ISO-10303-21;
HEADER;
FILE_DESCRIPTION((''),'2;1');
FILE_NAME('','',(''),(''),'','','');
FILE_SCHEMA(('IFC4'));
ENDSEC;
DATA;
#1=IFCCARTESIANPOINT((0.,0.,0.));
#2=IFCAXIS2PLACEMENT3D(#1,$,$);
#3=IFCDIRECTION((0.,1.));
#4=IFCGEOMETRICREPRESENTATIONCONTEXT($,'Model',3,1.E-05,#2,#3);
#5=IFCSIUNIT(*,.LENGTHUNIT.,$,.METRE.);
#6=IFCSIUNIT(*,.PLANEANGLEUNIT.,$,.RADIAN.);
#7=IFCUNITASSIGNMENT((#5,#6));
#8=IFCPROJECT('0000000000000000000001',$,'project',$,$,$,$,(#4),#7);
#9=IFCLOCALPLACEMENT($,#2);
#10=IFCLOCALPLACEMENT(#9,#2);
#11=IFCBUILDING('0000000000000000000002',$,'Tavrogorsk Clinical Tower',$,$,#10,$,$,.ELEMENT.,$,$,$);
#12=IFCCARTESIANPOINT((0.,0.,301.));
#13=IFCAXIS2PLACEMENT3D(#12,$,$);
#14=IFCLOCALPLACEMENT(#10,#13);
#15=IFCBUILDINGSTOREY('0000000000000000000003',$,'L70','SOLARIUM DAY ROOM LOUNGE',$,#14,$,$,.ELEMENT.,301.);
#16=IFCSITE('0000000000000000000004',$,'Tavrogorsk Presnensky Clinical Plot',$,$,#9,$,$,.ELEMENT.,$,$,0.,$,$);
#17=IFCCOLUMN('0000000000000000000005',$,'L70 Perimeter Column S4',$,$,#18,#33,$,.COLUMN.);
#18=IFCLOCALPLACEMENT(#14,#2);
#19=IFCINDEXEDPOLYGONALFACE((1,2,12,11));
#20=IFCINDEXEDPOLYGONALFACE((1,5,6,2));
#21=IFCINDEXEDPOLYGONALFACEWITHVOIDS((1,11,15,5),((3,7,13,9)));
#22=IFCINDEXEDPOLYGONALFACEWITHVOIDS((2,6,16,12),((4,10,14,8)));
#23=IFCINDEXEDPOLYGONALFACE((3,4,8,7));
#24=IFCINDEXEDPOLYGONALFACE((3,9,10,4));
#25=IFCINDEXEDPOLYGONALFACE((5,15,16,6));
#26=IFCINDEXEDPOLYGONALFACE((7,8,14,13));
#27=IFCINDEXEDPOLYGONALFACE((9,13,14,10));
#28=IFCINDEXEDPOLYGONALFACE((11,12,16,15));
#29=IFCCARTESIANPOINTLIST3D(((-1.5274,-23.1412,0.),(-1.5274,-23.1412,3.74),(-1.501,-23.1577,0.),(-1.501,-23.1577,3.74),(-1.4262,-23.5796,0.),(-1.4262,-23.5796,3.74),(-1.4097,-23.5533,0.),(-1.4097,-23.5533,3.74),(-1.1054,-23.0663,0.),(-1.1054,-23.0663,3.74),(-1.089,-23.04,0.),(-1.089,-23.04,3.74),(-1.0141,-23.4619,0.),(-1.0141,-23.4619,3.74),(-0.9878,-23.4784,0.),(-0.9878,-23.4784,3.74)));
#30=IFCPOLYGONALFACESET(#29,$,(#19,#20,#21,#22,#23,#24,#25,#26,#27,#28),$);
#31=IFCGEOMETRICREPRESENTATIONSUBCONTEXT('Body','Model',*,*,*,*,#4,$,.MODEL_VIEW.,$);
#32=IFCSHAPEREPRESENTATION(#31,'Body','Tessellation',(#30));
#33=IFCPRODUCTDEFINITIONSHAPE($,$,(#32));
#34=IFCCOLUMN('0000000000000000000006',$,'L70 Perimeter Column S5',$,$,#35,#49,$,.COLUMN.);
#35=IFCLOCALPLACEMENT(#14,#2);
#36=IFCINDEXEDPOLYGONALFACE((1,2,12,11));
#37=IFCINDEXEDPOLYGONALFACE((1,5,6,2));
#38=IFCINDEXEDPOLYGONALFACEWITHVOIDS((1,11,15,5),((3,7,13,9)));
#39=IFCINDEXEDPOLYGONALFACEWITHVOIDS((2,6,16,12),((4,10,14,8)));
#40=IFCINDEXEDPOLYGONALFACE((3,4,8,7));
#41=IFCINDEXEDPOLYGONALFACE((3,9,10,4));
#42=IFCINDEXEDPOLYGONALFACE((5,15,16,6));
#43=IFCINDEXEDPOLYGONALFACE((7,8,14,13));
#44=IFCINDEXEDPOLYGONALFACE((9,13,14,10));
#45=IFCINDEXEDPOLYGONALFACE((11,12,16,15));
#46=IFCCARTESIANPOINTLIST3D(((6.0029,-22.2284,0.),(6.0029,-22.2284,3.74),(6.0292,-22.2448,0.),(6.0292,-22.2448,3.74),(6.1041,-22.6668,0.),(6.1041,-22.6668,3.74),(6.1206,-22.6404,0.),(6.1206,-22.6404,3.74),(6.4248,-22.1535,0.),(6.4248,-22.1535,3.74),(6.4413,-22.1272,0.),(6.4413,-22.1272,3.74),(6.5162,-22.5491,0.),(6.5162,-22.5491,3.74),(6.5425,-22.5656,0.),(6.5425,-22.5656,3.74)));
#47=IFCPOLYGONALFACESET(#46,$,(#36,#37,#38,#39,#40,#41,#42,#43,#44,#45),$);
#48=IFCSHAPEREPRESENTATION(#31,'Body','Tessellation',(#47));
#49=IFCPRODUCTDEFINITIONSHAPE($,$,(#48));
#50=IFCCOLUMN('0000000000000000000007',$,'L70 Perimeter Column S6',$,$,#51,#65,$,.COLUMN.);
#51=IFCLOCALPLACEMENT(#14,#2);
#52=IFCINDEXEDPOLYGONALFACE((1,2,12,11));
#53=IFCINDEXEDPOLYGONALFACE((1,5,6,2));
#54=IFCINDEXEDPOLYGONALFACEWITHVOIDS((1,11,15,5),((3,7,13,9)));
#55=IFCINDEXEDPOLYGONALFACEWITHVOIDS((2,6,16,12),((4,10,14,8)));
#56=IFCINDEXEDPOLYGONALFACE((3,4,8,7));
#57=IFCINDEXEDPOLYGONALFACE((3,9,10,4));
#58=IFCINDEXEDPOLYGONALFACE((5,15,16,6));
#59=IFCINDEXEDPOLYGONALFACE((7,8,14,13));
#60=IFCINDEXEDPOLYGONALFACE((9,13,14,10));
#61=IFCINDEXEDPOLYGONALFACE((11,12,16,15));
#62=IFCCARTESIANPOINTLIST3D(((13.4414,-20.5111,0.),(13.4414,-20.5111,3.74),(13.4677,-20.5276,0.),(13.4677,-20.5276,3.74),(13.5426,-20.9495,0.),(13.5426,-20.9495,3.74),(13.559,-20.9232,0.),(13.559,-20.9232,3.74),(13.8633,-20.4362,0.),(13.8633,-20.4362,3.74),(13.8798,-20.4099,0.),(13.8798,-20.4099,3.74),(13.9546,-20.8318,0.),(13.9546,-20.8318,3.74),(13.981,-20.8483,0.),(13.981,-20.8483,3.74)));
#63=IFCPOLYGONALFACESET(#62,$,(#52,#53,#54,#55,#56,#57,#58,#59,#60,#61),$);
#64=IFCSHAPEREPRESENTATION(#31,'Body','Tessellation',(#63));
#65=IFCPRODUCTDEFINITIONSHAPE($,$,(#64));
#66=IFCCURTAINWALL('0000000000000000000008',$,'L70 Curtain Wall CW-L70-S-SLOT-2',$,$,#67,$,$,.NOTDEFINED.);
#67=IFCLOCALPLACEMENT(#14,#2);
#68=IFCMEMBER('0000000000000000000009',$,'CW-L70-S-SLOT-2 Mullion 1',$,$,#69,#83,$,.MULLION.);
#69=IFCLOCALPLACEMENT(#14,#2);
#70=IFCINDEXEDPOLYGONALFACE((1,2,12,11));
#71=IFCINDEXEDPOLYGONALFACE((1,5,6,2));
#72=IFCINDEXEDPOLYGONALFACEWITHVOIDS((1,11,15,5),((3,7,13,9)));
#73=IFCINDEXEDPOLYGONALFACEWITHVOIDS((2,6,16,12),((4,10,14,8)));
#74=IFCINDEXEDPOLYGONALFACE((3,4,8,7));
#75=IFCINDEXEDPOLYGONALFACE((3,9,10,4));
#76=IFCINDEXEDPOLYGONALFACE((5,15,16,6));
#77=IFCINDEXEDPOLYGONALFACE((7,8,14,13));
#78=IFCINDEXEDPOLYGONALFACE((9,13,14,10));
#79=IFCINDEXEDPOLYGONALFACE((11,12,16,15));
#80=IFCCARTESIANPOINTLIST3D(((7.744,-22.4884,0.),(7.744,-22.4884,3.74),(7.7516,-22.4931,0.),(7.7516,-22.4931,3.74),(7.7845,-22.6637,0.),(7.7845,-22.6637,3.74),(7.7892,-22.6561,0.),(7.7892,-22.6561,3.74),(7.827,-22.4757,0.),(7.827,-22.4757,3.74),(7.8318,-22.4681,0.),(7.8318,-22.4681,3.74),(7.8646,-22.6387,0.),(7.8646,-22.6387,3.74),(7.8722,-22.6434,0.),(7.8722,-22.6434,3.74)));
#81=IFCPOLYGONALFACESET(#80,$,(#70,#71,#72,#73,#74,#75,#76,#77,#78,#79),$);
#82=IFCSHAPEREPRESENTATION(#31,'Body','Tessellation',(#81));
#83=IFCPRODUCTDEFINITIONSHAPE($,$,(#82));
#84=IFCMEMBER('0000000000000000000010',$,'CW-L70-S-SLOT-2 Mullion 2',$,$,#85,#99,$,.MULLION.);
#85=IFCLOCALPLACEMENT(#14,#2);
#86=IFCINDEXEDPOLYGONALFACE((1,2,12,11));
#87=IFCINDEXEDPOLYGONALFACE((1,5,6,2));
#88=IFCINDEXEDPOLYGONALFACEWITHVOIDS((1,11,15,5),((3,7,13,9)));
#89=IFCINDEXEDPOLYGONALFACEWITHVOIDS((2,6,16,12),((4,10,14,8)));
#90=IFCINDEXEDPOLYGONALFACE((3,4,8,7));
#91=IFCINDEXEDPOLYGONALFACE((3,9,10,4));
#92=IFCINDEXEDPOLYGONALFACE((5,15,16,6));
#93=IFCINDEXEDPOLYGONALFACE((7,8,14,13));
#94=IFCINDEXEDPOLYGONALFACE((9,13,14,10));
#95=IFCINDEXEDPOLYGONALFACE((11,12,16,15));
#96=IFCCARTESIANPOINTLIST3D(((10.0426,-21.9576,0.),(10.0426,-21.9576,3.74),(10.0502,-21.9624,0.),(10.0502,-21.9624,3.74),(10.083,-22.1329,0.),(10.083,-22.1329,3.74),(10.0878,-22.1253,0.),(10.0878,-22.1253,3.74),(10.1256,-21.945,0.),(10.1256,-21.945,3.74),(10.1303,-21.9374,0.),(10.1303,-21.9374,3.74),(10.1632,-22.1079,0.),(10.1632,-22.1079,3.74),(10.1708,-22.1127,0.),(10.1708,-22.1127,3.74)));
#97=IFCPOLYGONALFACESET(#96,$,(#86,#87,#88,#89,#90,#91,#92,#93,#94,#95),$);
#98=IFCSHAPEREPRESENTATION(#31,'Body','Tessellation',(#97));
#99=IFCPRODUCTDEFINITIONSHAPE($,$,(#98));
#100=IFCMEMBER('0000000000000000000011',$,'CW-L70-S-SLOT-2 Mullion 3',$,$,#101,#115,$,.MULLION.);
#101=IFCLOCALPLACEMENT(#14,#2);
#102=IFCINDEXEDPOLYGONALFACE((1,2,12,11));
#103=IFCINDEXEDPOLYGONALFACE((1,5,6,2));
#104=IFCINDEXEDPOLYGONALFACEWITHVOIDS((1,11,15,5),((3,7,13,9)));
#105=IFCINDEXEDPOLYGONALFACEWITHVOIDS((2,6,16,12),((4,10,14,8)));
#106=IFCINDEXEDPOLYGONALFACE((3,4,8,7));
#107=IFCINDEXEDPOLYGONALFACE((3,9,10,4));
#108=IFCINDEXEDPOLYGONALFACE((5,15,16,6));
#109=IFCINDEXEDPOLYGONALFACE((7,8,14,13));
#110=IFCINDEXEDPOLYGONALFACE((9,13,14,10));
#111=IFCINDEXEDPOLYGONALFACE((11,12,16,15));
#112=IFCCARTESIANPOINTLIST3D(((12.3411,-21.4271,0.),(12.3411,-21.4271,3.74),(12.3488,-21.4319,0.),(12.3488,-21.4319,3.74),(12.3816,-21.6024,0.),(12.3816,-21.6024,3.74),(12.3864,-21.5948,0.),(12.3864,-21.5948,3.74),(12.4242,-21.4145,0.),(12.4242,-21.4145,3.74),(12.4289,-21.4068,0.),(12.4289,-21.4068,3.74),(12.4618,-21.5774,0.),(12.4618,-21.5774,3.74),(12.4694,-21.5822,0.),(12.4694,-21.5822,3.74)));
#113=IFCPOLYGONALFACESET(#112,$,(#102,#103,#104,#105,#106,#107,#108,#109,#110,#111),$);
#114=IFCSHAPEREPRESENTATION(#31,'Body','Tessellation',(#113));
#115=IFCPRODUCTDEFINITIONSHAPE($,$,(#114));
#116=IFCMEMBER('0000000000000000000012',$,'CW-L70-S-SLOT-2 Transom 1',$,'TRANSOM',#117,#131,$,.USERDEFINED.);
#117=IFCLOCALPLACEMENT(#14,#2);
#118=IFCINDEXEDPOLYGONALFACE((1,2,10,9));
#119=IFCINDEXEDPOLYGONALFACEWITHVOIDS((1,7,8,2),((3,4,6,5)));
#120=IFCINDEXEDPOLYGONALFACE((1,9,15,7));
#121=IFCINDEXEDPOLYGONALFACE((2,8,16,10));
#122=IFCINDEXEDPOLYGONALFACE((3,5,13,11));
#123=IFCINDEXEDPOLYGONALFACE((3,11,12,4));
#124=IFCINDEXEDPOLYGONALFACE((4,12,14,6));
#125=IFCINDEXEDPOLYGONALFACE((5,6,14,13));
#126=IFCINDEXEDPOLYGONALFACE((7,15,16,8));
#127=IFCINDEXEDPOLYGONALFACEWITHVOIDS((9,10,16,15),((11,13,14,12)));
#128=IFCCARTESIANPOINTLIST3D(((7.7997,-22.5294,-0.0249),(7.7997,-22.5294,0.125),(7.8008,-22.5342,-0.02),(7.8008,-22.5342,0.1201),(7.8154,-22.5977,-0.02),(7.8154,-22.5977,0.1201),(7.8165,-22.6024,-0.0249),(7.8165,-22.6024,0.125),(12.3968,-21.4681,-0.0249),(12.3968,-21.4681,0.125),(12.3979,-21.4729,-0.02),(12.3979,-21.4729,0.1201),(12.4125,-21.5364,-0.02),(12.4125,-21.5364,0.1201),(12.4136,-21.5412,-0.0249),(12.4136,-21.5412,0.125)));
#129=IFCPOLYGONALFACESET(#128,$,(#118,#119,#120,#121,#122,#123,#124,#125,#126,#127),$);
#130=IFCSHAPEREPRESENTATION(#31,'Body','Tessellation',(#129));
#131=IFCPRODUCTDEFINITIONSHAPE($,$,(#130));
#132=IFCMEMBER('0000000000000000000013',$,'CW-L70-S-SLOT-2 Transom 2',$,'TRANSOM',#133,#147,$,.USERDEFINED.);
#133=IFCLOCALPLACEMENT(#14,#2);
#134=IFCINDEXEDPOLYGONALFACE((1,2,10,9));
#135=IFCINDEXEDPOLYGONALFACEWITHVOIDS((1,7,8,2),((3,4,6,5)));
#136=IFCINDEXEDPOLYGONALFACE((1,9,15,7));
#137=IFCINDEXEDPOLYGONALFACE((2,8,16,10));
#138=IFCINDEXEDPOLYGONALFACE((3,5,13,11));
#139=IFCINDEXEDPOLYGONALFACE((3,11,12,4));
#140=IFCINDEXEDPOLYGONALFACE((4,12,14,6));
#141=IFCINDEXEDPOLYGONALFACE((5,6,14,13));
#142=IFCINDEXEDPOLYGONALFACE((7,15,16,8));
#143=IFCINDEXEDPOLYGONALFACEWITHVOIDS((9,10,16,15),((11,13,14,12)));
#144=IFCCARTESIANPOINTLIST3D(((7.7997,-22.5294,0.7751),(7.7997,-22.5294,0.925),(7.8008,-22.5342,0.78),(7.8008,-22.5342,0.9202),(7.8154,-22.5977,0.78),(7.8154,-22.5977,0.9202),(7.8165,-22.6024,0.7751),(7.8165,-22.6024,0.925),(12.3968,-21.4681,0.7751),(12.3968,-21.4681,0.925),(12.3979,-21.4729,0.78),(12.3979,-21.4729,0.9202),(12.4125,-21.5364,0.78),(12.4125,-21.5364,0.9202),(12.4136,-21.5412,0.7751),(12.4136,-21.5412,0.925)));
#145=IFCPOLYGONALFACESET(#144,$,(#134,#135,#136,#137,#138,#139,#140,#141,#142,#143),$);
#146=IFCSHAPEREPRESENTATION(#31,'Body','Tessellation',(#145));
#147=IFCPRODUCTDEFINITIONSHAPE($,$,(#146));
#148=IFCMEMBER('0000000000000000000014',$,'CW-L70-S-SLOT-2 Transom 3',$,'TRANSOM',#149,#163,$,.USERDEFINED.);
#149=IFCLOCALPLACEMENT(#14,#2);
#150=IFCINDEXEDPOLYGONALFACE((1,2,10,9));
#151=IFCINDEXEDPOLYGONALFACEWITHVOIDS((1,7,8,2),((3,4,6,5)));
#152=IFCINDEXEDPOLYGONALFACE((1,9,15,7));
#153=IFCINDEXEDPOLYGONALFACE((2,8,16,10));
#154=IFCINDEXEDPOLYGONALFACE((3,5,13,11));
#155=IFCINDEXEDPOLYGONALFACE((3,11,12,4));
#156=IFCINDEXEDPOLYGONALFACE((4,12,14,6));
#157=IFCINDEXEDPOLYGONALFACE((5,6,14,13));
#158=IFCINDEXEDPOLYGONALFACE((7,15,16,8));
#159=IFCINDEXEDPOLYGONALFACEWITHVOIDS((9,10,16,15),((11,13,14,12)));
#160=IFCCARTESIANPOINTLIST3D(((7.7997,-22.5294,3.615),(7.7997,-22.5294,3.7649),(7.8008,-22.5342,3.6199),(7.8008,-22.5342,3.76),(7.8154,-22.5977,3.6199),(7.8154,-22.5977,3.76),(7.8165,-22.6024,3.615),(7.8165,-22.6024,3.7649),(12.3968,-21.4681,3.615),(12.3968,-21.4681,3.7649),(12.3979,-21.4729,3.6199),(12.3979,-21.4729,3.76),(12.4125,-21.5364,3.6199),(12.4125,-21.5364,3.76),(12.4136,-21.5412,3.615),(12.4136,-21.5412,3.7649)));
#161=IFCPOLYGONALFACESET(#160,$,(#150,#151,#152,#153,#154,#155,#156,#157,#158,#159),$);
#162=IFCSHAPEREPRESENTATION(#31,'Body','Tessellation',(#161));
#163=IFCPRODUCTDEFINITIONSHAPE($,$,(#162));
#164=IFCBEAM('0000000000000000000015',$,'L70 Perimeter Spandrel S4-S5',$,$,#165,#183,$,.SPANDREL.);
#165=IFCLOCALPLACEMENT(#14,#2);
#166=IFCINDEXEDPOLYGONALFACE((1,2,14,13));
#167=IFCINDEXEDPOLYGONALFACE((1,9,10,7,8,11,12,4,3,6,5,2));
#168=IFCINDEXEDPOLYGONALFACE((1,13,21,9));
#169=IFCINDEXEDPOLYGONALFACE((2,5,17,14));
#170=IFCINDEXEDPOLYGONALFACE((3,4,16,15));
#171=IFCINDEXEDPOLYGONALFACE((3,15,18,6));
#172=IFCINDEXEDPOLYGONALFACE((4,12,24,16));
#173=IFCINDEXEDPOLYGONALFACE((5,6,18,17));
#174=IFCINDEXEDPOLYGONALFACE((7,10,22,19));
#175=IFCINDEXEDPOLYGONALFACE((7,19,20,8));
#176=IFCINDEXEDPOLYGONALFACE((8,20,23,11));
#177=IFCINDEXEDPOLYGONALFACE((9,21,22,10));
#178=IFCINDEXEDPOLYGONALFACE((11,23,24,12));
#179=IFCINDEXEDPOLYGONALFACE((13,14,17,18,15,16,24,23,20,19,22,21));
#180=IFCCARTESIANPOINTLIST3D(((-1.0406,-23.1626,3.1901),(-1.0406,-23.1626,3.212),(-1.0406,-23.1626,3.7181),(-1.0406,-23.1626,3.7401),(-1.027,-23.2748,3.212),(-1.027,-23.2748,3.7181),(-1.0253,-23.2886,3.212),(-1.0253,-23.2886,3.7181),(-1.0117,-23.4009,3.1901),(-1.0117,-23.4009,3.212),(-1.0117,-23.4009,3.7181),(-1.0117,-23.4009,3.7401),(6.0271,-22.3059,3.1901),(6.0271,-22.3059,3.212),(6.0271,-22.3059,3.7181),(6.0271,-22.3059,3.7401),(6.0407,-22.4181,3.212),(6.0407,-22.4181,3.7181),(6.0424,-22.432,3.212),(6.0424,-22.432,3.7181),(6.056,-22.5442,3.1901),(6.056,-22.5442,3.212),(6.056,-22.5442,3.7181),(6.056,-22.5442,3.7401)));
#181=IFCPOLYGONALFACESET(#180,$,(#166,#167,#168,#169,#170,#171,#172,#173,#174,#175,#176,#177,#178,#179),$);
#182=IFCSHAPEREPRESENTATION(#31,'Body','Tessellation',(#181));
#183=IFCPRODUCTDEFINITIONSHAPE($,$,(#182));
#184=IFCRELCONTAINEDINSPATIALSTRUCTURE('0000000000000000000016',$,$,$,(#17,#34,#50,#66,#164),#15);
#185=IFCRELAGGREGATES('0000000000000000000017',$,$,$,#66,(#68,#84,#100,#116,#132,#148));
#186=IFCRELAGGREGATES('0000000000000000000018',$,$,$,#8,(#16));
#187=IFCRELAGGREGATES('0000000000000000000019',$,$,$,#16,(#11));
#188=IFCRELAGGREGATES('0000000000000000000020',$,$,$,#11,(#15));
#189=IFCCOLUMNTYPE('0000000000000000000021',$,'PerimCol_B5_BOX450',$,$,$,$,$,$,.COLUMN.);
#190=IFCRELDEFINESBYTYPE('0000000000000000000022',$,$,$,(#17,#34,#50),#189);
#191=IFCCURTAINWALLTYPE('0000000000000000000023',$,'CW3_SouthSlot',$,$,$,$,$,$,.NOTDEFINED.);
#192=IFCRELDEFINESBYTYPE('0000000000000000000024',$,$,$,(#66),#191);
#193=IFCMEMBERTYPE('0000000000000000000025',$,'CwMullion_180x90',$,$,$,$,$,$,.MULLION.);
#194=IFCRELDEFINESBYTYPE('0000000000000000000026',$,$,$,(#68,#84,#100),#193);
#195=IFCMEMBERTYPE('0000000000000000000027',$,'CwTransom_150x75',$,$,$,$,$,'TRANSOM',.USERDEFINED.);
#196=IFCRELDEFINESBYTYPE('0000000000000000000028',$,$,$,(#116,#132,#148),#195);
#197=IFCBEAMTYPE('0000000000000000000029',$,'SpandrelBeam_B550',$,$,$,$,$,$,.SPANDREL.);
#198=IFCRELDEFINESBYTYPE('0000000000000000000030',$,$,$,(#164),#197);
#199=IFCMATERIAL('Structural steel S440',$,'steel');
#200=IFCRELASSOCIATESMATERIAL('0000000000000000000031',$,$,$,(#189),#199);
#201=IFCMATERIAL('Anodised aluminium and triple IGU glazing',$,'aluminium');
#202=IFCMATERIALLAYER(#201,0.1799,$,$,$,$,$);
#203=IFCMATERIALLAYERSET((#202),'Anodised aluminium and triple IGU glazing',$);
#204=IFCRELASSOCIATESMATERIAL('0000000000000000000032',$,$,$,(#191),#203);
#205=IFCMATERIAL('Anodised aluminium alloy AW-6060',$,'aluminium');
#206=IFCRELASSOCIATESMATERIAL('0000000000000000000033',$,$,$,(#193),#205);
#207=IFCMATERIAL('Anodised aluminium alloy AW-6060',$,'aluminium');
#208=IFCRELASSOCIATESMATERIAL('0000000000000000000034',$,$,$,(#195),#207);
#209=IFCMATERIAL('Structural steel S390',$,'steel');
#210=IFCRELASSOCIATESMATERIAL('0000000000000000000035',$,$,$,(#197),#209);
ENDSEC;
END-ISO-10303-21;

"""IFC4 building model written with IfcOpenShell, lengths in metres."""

from ifc_helpers import new_model, si_unit, direction, frame, origin, origin_2d, place, context, subcontext, project, spatial, hollow_rectangle, i_section, extrude, material, layer, layer_set, material_profile, profile_set, type_object, element, aggregate, save


model = new_model("IFC4")

# Units and contexts
model_context = context("Model", 3, precision=1e-05, world=origin(), true_north=direction((0.0, 1.0)))
body_context = subcontext(model_context, "Body", "Model", "MODEL_VIEW")
ifc_project = project(units=[si_unit("LENGTHUNIT", "METRE"), si_unit("PLANEANGLEUNIT", "RADIAN")], contexts=[model_context])

# Site, building, storey
site_placement = place(None, origin())
site = spatial("IfcSite", under=ifc_project, at=site_placement, Name="Tavrogorsk Presnensky Clinical Plot", CompositionType="ELEMENT", RefElevation=0.0)
building_placement = place(site_placement, origin())
building = spatial("IfcBuilding", under=site, at=building_placement, Name="Tavrogorsk Clinical Tower", CompositionType="ELEMENT")
storey_placement = place(building_placement, frame((0.0, 0.0, 301.0)))
storey = spatial("IfcBuildingStorey", under=building, at=storey_placement, Name="L70", Description="SOLARIUM DAY ROOM LOUNGE", CompositionType="ELEMENT", Elevation=301.0)

# Columns
ifc_material_1 = material(Name="Structural steel S440", Category="steel")
ifc_material_profile_1 = material_profile(ifc_material_1, hollow_rectangle(XDim=0.45, YDim=0.45, WallThickness=0.022, at=origin_2d()), Name="BOX-450x450x22")
ifc_profile_set_1 = profile_set([ifc_material_profile_1], Name="Structural steel S440")
column_type = type_object("IfcColumnType", Name="PerimCol_B5_BOX450", PredefinedType="COLUMN", material=ifc_profile_set_1)
for number, where, z_axis, x_axis, name in (
    (1, (-1.2576, -23.3098, 0.0), (0.0, 0.0, 1.0), (0.97437, 0.224951, 0.0), "L70 Perimeter Column S4"),
    (2, (6.2727, -22.397, 0.0), (0.0, 0.0, 1.0), (0.97437, 0.224951, 0.0), "L70 Perimeter Column S5"),
    (3, (13.7112, -20.6797, 0.0), (0.0, 0.0, 1.0), (0.97437, 0.224951, 0.0), "L70 Perimeter Column S6"),
):
    element("IfcColumn", number, at=place(storey_placement, frame(where, z_axis=z_axis, x_axis=x_axis)), inside=storey, type_object=column_type, Name=name, PredefinedType="COLUMN", context=body_context, shape_type="SweptSolid", body=[
        extrude(hollow_rectangle(XDim=0.45, YDim=0.45, WallThickness=0.022, at=origin_2d()), origin(), (0.0, 0.0, 1.0), 3.74),
    ])

# Curtain wall, members
ifc_material_2 = material(Name="Anodised aluminium and triple IGU glazing", Category="aluminium")
ifc_layer_1 = layer(ifc_material_2, 0.1799)
ifc_layer_set_1 = layer_set([ifc_layer_1], Name="Anodised aluminium and triple IGU glazing")
curtain_wall_type = type_object("IfcCurtainWallType", Name="CW3_SouthSlot", PredefinedType="NOTDEFINED", material=ifc_layer_set_1)
curtain_wall_placement = place(storey_placement, origin())
curtain_wall = element("IfcCurtainWall", 4, at=curtain_wall_placement, inside=storey, type_object=curtain_wall_type, Name="L70 Curtain Wall CW-L70-S-SLOT-2", PredefinedType="NOTDEFINED")
ifc_material_3 = material(Name="Anodised aluminium alloy AW-6060", Category="aluminium")
ifc_material_profile_2 = material_profile(ifc_material_3, hollow_rectangle(XDim=0.0901, YDim=0.1799, WallThickness=0.0063, at=origin_2d()), Name="RHS-180x90x6.3")
ifc_profile_set_2 = profile_set([ifc_material_profile_2], Name="Anodised aluminium alloy AW-6060")
member_type_1 = type_object("IfcMemberType", Name="CwMullion_180x90", PredefinedType="MULLION", material=ifc_profile_set_2)
member_1_placement = place(storey_placement, frame((7.8081, -22.5659, 0.0), z_axis=(0.0, 0.0, 1.0), x_axis=(0.97437, 0.224951, 0.0)))
member_1 = element("IfcMember", 5, at=member_1_placement, type_object=member_type_1, Name="CW-L70-S-SLOT-2 Mullion 1", PredefinedType="MULLION", context=body_context, shape_type="SweptSolid", body=[
    extrude(hollow_rectangle(XDim=0.0901, YDim=0.1799, WallThickness=0.0063, at=origin_2d()), origin(), (0.0, 0.0, 1.0), 3.74),
])
member_2_placement = place(storey_placement, frame((10.1067, -22.0352, 0.0), z_axis=(0.0, 0.0, 1.0), x_axis=(0.97437, 0.224951, 0.0)))
member_2 = element("IfcMember", 6, at=member_2_placement, type_object=member_type_1, Name="CW-L70-S-SLOT-2 Mullion 2", PredefinedType="MULLION", context=body_context, shape_type="SweptSolid", body=[
    extrude(hollow_rectangle(XDim=0.0901, YDim=0.1799, WallThickness=0.0063, at=origin_2d()), origin(), (0.0, 0.0, 1.0), 3.74),
])
member_3_placement = place(storey_placement, frame((12.4053, -21.5046, 0.0), z_axis=(0.0, 0.0, 1.0), x_axis=(0.97437, 0.224951, 0.0)))
member_3 = element("IfcMember", 7, at=member_3_placement, type_object=member_type_1, Name="CW-L70-S-SLOT-2 Mullion 3", PredefinedType="MULLION", context=body_context, shape_type="SweptSolid", body=[
    extrude(hollow_rectangle(XDim=0.0901, YDim=0.1799, WallThickness=0.0063, at=origin_2d()), origin(), (0.0, 0.0, 1.0), 3.74),
])
ifc_material_4 = material(Name="Anodised aluminium alloy AW-6060", Category="aluminium")
ifc_material_profile_3 = material_profile(ifc_material_4, hollow_rectangle(XDim=0.075, YDim=0.1499, WallThickness=0.0049, at=origin_2d()), Name="RHS-150x75x5")
ifc_profile_set_3 = profile_set([ifc_material_profile_3], Name="Anodised aluminium alloy AW-6060")
member_type_2 = type_object("IfcMemberType", Name="CwTransom_150x75", ElementType="TRANSOM", PredefinedType="USERDEFINED", material=ifc_profile_set_3)
member_4_placement = place(storey_placement, frame((7.8081, -22.5659, 0.05), z_axis=(0.974373, 0.224939, 0.0), x_axis=(-0.224939, 0.974373, 0.0)))
member_4 = element("IfcMember", 8, at=member_4_placement, type_object=member_type_2, Name="CW-L70-S-SLOT-2 Transom 1", ObjectType="TRANSOM", PredefinedType="USERDEFINED", context=body_context, shape_type="SweptSolid", body=[
    extrude(hollow_rectangle(XDim=0.075, YDim=0.1499, WallThickness=0.0049, at=origin_2d()), origin(), (0.0, 0.0, 1.0), 4.718),
])
member_5_placement = place(storey_placement, frame((7.8081, -22.5659, 0.8501), z_axis=(0.974373, 0.224939, 0.0), x_axis=(-0.224939, 0.974373, 0.0)))
member_5 = element("IfcMember", 9, at=member_5_placement, type_object=member_type_2, Name="CW-L70-S-SLOT-2 Transom 2", ObjectType="TRANSOM", PredefinedType="USERDEFINED", context=body_context, shape_type="SweptSolid", body=[
    extrude(hollow_rectangle(XDim=0.075, YDim=0.1499, WallThickness=0.0049, at=origin_2d()), origin(), (0.0, 0.0, 1.0), 4.718),
])
member_6_placement = place(storey_placement, frame((7.8081, -22.5659, 3.6899), z_axis=(0.974373, 0.224939, 0.0), x_axis=(-0.224939, 0.974373, 0.0)))
member_6 = element("IfcMember", 10, at=member_6_placement, type_object=member_type_2, Name="CW-L70-S-SLOT-2 Transom 3", ObjectType="TRANSOM", PredefinedType="USERDEFINED", context=body_context, shape_type="SweptSolid", body=[
    extrude(hollow_rectangle(XDim=0.075, YDim=0.1499, WallThickness=0.0049, at=origin_2d()), origin(), (0.0, 0.0, 1.0), 4.718),
])

# Beam
ifc_material_5 = material(Name="Structural steel S390", Category="steel")
ifc_material_profile_4 = material_profile(ifc_material_5, i_section(OverallWidth=0.24, OverallDepth=0.55, WebThickness=0.0139, FlangeThickness=0.022, at=origin_2d()), Name="B-550x240x14x22")
ifc_profile_set_4 = profile_set([ifc_material_profile_4], Name="Structural steel S390")
beam_type = type_object("IfcBeamType", Name="SpandrelBeam_B550", PredefinedType="SPANDREL", material=ifc_profile_set_4)
beam_placement = place(storey_placement, frame((-1.0261, -23.2817, 3.4651), z_axis=(0.992734, 0.120332, 0.0), x_axis=(-0.120332, 0.992734, 0.0)))
element("IfcBeam", 11, at=beam_placement, inside=storey, type_object=beam_type, Name="L70 Perimeter Spandrel S4-S5", PredefinedType="SPANDREL", context=body_context, shape_type="SweptSolid", body=[
    extrude(i_section(OverallWidth=0.24, OverallDepth=0.55, WebThickness=0.0139, FlangeThickness=0.022, at=origin_2d()), origin(), (0.0, 0.0, 1.0), 7.1194),
])

aggregate(curtain_wall, [member_1, member_2, member_3, member_4, member_5, member_6])

save(model, "model.ifc")
